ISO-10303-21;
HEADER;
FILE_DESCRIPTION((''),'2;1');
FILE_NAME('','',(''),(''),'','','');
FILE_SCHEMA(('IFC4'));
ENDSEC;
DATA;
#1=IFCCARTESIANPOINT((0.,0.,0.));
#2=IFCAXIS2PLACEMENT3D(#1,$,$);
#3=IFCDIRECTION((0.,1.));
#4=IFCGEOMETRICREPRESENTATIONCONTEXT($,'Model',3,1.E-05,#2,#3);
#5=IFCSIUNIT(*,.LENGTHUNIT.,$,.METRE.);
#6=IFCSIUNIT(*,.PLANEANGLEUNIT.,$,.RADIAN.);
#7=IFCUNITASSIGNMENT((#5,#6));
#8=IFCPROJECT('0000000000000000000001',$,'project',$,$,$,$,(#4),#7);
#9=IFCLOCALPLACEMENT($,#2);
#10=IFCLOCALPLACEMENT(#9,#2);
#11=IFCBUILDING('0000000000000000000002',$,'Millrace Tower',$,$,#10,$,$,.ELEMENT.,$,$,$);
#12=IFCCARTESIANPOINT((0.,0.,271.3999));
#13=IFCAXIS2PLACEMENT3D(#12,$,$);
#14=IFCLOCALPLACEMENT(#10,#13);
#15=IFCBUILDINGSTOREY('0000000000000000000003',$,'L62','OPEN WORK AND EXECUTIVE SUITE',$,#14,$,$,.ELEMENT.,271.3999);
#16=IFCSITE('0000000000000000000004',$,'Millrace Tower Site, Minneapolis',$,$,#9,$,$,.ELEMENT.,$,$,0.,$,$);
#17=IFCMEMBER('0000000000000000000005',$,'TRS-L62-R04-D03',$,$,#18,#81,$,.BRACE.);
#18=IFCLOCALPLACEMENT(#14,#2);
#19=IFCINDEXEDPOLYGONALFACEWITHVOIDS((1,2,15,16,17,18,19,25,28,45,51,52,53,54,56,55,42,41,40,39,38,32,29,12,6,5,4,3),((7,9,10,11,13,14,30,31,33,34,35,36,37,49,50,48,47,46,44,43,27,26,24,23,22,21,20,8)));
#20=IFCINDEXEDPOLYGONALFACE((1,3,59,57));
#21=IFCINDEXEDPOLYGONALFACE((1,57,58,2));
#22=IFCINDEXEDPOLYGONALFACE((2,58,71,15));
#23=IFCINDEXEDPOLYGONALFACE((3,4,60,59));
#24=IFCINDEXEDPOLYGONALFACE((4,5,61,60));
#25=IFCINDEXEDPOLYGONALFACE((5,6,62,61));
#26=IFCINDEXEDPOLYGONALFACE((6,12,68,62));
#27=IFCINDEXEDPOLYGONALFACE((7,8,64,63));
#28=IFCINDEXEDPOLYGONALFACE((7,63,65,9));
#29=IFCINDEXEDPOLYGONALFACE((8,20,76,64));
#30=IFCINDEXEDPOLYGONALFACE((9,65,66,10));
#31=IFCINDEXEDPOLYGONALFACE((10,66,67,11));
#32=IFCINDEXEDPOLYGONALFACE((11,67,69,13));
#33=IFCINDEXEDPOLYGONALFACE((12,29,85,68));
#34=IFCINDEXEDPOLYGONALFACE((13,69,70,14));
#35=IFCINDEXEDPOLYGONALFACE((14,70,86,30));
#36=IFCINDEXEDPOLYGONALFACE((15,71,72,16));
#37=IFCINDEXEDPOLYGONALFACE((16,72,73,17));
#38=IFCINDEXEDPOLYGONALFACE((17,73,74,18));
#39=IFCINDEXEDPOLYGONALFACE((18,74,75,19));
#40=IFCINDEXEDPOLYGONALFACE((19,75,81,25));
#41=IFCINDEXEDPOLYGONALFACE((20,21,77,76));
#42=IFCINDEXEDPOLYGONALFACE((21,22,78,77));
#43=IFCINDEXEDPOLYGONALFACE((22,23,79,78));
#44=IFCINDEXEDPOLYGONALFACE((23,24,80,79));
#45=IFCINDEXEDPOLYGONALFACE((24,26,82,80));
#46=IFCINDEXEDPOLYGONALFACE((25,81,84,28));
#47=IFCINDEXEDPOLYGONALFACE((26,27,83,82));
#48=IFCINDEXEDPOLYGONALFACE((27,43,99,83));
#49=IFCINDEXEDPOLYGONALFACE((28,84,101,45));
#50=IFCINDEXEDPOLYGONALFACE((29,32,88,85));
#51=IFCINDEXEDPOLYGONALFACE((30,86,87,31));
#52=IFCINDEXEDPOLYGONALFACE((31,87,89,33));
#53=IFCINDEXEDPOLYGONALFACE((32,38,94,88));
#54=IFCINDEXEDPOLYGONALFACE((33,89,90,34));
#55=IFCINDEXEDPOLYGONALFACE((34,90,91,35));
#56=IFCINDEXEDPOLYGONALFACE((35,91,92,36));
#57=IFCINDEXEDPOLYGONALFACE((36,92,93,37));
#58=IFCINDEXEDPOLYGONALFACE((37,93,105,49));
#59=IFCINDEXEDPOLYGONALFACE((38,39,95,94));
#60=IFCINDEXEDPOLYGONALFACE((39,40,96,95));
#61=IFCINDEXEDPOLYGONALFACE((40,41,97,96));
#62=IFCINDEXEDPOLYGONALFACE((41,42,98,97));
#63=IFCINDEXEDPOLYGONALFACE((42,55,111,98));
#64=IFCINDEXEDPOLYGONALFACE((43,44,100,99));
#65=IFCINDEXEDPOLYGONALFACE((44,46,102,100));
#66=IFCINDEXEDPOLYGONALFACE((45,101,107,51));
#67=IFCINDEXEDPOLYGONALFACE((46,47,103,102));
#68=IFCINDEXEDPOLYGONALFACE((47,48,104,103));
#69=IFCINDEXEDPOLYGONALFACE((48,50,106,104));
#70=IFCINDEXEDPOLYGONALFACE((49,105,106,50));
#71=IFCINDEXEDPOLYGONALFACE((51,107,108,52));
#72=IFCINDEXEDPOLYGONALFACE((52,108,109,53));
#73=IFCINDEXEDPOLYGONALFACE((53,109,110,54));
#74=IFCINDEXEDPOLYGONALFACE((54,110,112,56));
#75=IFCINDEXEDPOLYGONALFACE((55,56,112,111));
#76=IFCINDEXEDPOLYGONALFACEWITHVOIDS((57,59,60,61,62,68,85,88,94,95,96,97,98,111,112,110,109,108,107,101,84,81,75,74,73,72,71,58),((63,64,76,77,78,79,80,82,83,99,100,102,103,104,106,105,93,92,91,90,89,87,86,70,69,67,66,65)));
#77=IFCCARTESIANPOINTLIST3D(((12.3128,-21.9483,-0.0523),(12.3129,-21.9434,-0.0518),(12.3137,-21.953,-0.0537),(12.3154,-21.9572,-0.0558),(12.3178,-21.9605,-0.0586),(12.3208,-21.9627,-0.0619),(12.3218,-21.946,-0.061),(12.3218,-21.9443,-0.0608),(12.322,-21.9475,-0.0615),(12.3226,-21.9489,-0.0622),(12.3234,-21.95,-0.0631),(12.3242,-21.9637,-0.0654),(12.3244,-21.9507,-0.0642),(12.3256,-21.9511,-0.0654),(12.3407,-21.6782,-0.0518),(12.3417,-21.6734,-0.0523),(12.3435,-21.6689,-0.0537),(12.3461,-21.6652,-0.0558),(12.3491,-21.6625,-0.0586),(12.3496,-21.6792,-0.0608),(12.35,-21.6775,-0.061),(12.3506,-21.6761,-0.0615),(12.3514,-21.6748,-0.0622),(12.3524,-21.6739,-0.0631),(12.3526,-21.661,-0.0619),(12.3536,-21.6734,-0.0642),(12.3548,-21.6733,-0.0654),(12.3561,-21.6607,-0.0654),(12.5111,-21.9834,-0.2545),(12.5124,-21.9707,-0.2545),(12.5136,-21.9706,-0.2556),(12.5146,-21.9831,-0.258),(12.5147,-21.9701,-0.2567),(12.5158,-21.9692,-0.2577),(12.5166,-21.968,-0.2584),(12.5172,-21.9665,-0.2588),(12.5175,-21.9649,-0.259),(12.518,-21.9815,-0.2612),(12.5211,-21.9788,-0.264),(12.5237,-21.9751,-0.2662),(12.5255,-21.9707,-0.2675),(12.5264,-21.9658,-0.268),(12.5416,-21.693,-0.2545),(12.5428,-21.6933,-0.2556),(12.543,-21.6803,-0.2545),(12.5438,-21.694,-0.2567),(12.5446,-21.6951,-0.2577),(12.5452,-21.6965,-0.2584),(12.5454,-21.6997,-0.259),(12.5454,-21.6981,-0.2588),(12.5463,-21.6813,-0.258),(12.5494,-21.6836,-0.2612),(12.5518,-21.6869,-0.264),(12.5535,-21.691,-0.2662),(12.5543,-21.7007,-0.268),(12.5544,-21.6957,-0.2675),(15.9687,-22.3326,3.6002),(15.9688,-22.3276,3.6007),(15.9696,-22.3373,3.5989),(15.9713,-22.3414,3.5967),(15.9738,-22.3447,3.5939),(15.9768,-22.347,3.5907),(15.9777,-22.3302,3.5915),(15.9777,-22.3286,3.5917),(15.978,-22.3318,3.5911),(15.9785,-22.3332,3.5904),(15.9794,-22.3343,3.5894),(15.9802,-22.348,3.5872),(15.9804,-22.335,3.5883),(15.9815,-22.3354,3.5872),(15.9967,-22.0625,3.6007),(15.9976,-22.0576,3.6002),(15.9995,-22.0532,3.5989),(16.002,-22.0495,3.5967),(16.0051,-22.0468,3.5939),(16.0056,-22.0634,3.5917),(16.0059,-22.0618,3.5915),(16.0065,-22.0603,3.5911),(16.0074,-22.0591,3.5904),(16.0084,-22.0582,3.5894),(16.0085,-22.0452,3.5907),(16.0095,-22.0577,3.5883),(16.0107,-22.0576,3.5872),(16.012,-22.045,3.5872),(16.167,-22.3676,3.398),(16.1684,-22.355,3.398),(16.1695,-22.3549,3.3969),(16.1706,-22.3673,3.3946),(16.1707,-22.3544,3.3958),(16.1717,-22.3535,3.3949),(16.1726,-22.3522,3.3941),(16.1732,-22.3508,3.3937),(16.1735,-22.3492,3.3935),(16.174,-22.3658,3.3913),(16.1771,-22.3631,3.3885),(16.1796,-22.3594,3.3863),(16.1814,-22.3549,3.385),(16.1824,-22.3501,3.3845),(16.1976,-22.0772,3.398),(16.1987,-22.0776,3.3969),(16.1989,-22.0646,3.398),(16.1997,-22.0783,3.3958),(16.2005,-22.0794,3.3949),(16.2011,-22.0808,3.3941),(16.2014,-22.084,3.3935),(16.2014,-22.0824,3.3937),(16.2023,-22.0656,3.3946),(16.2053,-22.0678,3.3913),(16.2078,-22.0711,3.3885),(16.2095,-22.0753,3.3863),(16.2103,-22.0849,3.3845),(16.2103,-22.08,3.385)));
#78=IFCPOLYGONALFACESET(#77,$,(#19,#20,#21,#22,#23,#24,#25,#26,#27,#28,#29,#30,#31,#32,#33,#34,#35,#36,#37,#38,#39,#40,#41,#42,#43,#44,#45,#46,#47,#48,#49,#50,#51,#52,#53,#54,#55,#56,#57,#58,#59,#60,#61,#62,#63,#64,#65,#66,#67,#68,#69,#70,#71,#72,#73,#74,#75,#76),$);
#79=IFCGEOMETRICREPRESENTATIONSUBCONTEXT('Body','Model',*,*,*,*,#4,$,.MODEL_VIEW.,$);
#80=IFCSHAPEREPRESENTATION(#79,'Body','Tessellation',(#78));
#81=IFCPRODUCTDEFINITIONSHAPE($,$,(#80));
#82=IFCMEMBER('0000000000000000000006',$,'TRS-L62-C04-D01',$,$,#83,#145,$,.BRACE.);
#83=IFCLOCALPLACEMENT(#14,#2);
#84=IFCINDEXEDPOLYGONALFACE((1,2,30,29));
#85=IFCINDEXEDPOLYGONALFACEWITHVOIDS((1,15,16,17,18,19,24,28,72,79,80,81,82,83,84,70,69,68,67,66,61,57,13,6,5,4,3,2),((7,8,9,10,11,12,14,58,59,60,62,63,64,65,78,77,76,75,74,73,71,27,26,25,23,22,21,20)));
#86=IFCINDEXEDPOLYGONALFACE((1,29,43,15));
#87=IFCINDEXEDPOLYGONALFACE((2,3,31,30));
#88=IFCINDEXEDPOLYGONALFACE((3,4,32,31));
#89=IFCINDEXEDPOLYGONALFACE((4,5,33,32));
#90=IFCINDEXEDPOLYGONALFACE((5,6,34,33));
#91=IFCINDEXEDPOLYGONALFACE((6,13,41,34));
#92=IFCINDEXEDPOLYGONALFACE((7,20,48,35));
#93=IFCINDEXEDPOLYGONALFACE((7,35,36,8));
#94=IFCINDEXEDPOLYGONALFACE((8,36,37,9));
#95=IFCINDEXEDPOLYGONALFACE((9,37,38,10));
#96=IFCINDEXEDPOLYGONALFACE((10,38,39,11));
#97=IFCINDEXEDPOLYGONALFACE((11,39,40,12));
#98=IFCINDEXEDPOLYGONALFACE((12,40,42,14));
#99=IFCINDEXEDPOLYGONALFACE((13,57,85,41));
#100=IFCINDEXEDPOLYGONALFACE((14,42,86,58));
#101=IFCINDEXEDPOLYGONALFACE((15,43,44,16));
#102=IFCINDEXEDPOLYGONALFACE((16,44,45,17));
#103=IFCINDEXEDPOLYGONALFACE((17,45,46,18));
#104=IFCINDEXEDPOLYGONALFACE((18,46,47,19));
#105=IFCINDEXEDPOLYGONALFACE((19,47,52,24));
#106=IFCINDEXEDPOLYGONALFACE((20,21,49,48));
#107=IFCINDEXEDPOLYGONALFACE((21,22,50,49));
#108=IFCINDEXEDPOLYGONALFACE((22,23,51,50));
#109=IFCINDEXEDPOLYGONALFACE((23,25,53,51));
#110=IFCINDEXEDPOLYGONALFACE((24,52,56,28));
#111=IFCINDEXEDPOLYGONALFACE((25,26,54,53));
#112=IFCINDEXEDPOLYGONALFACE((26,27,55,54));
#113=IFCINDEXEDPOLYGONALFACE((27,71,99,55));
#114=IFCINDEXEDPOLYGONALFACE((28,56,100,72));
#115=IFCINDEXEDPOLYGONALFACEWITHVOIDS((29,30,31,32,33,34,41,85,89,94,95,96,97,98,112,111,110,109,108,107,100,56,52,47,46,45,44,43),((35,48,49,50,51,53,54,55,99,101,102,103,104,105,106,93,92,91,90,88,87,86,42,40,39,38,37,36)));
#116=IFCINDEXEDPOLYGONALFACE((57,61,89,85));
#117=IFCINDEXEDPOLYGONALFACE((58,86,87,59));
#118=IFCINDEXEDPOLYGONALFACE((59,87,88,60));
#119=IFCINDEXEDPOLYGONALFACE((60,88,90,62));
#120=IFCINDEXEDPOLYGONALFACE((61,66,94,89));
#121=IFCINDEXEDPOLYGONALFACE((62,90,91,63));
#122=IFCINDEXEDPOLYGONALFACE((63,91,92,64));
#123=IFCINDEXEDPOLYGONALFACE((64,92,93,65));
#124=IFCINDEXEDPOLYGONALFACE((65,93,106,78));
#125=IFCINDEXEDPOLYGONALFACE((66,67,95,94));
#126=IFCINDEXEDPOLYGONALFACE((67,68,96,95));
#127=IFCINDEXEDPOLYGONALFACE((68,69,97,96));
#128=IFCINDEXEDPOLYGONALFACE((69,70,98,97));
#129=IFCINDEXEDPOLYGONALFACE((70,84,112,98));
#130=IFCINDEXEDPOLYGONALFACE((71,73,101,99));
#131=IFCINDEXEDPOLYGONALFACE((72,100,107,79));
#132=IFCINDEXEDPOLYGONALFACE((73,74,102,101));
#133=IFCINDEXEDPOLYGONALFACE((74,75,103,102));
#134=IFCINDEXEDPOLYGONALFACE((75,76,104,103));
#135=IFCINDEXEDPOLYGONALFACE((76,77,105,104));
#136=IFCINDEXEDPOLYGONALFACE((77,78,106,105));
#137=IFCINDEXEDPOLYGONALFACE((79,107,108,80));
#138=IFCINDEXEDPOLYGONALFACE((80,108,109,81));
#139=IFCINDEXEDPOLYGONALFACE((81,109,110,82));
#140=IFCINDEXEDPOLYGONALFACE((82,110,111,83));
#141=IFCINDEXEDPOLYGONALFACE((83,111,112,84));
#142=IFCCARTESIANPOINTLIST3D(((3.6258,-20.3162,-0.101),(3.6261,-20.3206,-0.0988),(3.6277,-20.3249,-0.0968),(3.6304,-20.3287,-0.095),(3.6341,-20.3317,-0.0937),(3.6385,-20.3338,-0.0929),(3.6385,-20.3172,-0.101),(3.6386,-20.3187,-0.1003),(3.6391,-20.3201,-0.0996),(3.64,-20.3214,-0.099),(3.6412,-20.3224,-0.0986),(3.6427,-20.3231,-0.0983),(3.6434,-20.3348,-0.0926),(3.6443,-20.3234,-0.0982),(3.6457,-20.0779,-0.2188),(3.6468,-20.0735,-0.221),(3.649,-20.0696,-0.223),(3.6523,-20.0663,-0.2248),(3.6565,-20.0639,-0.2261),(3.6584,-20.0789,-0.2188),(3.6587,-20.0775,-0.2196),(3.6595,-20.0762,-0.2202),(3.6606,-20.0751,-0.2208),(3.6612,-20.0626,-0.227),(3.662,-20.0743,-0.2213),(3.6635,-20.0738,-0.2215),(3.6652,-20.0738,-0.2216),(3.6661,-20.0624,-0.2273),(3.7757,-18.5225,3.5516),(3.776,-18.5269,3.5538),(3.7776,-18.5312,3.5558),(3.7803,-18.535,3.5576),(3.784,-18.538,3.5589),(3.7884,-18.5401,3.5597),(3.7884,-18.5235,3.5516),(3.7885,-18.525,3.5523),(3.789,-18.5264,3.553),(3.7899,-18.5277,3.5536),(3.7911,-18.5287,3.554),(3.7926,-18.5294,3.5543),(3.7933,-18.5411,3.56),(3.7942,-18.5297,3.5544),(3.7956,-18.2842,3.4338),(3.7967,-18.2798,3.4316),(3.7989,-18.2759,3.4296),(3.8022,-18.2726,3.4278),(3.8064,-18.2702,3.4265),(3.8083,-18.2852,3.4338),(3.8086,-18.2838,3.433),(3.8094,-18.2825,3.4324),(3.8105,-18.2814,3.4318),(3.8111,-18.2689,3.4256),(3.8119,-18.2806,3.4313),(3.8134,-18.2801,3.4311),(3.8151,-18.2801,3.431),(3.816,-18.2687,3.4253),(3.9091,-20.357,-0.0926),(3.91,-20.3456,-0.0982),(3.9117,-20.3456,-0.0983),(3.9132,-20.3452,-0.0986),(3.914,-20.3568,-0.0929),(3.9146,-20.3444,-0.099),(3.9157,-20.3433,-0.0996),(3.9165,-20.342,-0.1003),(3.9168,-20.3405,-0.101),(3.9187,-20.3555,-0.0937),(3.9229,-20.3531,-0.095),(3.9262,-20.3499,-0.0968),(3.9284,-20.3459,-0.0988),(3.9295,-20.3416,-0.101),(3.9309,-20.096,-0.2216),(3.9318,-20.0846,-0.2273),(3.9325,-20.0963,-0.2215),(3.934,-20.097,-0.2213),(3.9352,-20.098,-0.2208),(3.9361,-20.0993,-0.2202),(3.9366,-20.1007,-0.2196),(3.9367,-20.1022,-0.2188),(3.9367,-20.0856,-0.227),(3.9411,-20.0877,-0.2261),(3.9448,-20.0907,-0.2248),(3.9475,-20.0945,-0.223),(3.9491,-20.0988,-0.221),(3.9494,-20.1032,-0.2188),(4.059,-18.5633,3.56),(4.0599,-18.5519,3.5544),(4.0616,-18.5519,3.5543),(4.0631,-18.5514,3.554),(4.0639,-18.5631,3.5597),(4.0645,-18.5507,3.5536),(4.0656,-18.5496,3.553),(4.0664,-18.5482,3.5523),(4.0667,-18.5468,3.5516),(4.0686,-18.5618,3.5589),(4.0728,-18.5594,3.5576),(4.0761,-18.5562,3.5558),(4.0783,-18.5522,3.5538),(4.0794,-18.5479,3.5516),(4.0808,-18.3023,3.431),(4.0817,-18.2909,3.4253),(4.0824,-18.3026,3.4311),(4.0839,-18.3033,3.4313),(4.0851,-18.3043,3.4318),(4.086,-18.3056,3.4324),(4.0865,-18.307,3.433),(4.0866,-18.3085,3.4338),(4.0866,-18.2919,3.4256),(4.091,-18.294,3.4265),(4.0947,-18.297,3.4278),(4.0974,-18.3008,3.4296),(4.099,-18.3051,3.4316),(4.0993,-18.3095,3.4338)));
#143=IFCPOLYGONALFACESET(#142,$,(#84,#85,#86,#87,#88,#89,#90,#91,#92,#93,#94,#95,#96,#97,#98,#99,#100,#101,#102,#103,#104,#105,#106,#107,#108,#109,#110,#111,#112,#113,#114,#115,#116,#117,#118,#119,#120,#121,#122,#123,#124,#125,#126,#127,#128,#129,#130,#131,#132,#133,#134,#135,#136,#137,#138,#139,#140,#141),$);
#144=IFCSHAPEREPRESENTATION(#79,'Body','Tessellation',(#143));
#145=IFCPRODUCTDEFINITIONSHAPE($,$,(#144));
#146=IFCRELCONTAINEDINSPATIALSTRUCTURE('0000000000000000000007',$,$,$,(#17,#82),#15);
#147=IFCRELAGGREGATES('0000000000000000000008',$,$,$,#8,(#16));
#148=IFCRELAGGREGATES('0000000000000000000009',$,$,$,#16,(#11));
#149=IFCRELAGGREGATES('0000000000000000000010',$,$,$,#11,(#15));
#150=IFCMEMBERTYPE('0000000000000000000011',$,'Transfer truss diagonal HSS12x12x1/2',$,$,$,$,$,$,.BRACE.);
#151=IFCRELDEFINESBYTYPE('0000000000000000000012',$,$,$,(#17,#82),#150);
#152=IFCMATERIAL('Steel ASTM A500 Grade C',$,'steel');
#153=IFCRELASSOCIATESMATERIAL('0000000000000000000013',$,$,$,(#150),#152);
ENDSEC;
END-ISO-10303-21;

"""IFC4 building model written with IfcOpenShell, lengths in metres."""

from ifc_helpers import new_model, si_unit, direction, frame, origin, origin_2d, place, context, subcontext, project, spatial, hollow_rectangle, extrude, material, material_profile, profile_set, type_object, element, save


model = new_model("IFC4")

# Units and contexts
model_context = context("Model", 3, precision=1e-05, world=origin(), true_north=direction((0.0, 1.0)))
body_context = subcontext(model_context, "Body", "Model", "MODEL_VIEW")
ifc_project = project(units=[si_unit("LENGTHUNIT", "METRE"), si_unit("PLANEANGLEUNIT", "RADIAN")], contexts=[model_context])

# Site, building, storey
site_placement = place(None, origin())
site = spatial("IfcSite", under=ifc_project, at=site_placement, Name="Millrace Tower Site, Minneapolis", CompositionType="ELEMENT", RefElevation=0.0)
building_placement = place(site_placement, origin())
building = spatial("IfcBuilding", under=site, at=building_placement, Name="Millrace Tower", CompositionType="ELEMENT")
storey_placement = place(building_placement, frame((0.0, 0.0, 271.3999)))
storey = spatial("IfcBuildingStorey", under=building, at=storey_placement, Name="L62", Description="OPEN WORK AND EXECUTIVE SUITE", CompositionType="ELEMENT", Elevation=271.3999)

# Members
ifc_material_1 = material(Name="Steel ASTM A500 Grade C", Category="steel")
ifc_material_profile_1 = material_profile(ifc_material_1, hollow_rectangle(XDim=0.3047, YDim=0.3047, WallThickness=0.0127, InnerFilletRadius=0.0063, OuterFilletRadius=0.019, at=origin_2d()))
ifc_profile_set_1 = profile_set([ifc_material_profile_1], Name="Steel ASTM A500 Grade C")
member_type_1 = type_object("IfcMemberType", Name="Transfer truss diagonal HSS12x12x1/2", PredefinedType="BRACE", material=ifc_profile_set_1)
member_1_placement = place(storey_placement, frame((12.4336, -21.822, -0.1599), z_axis=(0.70549, -0.074153, 0.70483), x_axis=(0.104533, 0.994521, 0.0)))
element("IfcMember", 1, at=member_1_placement, inside=storey, type_object=member_type_1, Name="TRS-L62-R04-D03", PredefinedType="BRACE", context=body_context, shape_type="SweptSolid", body=[
    extrude(hollow_rectangle(XDim=0.3047, YDim=0.3047, WallThickness=0.0127, InnerFilletRadius=0.0063, OuterFilletRadius=0.019, at=origin_2d()), origin(), (0.0, 0.0, 1.0), 5.1821),
])
member_2_placement = place(storey_placement, frame((3.7876, -20.2097, -0.1599), z_axis=(0.036813, 0.440496, 0.897), x_axis=(-0.996526, 0.083281, 0.0)))
element("IfcMember", 2, at=member_2_placement, inside=storey, type_object=member_type_1, Name="TRS-L62-C04-D01", PredefinedType="BRACE", context=body_context, shape_type="SweptSolid", body=[
    extrude(hollow_rectangle(XDim=0.3047, YDim=0.3047, WallThickness=0.0127, InnerFilletRadius=0.0063, OuterFilletRadius=0.019, at=origin_2d()), origin(), (0.0, 0.0, 1.0), 4.072),
])

save(model, "model.ifc")
